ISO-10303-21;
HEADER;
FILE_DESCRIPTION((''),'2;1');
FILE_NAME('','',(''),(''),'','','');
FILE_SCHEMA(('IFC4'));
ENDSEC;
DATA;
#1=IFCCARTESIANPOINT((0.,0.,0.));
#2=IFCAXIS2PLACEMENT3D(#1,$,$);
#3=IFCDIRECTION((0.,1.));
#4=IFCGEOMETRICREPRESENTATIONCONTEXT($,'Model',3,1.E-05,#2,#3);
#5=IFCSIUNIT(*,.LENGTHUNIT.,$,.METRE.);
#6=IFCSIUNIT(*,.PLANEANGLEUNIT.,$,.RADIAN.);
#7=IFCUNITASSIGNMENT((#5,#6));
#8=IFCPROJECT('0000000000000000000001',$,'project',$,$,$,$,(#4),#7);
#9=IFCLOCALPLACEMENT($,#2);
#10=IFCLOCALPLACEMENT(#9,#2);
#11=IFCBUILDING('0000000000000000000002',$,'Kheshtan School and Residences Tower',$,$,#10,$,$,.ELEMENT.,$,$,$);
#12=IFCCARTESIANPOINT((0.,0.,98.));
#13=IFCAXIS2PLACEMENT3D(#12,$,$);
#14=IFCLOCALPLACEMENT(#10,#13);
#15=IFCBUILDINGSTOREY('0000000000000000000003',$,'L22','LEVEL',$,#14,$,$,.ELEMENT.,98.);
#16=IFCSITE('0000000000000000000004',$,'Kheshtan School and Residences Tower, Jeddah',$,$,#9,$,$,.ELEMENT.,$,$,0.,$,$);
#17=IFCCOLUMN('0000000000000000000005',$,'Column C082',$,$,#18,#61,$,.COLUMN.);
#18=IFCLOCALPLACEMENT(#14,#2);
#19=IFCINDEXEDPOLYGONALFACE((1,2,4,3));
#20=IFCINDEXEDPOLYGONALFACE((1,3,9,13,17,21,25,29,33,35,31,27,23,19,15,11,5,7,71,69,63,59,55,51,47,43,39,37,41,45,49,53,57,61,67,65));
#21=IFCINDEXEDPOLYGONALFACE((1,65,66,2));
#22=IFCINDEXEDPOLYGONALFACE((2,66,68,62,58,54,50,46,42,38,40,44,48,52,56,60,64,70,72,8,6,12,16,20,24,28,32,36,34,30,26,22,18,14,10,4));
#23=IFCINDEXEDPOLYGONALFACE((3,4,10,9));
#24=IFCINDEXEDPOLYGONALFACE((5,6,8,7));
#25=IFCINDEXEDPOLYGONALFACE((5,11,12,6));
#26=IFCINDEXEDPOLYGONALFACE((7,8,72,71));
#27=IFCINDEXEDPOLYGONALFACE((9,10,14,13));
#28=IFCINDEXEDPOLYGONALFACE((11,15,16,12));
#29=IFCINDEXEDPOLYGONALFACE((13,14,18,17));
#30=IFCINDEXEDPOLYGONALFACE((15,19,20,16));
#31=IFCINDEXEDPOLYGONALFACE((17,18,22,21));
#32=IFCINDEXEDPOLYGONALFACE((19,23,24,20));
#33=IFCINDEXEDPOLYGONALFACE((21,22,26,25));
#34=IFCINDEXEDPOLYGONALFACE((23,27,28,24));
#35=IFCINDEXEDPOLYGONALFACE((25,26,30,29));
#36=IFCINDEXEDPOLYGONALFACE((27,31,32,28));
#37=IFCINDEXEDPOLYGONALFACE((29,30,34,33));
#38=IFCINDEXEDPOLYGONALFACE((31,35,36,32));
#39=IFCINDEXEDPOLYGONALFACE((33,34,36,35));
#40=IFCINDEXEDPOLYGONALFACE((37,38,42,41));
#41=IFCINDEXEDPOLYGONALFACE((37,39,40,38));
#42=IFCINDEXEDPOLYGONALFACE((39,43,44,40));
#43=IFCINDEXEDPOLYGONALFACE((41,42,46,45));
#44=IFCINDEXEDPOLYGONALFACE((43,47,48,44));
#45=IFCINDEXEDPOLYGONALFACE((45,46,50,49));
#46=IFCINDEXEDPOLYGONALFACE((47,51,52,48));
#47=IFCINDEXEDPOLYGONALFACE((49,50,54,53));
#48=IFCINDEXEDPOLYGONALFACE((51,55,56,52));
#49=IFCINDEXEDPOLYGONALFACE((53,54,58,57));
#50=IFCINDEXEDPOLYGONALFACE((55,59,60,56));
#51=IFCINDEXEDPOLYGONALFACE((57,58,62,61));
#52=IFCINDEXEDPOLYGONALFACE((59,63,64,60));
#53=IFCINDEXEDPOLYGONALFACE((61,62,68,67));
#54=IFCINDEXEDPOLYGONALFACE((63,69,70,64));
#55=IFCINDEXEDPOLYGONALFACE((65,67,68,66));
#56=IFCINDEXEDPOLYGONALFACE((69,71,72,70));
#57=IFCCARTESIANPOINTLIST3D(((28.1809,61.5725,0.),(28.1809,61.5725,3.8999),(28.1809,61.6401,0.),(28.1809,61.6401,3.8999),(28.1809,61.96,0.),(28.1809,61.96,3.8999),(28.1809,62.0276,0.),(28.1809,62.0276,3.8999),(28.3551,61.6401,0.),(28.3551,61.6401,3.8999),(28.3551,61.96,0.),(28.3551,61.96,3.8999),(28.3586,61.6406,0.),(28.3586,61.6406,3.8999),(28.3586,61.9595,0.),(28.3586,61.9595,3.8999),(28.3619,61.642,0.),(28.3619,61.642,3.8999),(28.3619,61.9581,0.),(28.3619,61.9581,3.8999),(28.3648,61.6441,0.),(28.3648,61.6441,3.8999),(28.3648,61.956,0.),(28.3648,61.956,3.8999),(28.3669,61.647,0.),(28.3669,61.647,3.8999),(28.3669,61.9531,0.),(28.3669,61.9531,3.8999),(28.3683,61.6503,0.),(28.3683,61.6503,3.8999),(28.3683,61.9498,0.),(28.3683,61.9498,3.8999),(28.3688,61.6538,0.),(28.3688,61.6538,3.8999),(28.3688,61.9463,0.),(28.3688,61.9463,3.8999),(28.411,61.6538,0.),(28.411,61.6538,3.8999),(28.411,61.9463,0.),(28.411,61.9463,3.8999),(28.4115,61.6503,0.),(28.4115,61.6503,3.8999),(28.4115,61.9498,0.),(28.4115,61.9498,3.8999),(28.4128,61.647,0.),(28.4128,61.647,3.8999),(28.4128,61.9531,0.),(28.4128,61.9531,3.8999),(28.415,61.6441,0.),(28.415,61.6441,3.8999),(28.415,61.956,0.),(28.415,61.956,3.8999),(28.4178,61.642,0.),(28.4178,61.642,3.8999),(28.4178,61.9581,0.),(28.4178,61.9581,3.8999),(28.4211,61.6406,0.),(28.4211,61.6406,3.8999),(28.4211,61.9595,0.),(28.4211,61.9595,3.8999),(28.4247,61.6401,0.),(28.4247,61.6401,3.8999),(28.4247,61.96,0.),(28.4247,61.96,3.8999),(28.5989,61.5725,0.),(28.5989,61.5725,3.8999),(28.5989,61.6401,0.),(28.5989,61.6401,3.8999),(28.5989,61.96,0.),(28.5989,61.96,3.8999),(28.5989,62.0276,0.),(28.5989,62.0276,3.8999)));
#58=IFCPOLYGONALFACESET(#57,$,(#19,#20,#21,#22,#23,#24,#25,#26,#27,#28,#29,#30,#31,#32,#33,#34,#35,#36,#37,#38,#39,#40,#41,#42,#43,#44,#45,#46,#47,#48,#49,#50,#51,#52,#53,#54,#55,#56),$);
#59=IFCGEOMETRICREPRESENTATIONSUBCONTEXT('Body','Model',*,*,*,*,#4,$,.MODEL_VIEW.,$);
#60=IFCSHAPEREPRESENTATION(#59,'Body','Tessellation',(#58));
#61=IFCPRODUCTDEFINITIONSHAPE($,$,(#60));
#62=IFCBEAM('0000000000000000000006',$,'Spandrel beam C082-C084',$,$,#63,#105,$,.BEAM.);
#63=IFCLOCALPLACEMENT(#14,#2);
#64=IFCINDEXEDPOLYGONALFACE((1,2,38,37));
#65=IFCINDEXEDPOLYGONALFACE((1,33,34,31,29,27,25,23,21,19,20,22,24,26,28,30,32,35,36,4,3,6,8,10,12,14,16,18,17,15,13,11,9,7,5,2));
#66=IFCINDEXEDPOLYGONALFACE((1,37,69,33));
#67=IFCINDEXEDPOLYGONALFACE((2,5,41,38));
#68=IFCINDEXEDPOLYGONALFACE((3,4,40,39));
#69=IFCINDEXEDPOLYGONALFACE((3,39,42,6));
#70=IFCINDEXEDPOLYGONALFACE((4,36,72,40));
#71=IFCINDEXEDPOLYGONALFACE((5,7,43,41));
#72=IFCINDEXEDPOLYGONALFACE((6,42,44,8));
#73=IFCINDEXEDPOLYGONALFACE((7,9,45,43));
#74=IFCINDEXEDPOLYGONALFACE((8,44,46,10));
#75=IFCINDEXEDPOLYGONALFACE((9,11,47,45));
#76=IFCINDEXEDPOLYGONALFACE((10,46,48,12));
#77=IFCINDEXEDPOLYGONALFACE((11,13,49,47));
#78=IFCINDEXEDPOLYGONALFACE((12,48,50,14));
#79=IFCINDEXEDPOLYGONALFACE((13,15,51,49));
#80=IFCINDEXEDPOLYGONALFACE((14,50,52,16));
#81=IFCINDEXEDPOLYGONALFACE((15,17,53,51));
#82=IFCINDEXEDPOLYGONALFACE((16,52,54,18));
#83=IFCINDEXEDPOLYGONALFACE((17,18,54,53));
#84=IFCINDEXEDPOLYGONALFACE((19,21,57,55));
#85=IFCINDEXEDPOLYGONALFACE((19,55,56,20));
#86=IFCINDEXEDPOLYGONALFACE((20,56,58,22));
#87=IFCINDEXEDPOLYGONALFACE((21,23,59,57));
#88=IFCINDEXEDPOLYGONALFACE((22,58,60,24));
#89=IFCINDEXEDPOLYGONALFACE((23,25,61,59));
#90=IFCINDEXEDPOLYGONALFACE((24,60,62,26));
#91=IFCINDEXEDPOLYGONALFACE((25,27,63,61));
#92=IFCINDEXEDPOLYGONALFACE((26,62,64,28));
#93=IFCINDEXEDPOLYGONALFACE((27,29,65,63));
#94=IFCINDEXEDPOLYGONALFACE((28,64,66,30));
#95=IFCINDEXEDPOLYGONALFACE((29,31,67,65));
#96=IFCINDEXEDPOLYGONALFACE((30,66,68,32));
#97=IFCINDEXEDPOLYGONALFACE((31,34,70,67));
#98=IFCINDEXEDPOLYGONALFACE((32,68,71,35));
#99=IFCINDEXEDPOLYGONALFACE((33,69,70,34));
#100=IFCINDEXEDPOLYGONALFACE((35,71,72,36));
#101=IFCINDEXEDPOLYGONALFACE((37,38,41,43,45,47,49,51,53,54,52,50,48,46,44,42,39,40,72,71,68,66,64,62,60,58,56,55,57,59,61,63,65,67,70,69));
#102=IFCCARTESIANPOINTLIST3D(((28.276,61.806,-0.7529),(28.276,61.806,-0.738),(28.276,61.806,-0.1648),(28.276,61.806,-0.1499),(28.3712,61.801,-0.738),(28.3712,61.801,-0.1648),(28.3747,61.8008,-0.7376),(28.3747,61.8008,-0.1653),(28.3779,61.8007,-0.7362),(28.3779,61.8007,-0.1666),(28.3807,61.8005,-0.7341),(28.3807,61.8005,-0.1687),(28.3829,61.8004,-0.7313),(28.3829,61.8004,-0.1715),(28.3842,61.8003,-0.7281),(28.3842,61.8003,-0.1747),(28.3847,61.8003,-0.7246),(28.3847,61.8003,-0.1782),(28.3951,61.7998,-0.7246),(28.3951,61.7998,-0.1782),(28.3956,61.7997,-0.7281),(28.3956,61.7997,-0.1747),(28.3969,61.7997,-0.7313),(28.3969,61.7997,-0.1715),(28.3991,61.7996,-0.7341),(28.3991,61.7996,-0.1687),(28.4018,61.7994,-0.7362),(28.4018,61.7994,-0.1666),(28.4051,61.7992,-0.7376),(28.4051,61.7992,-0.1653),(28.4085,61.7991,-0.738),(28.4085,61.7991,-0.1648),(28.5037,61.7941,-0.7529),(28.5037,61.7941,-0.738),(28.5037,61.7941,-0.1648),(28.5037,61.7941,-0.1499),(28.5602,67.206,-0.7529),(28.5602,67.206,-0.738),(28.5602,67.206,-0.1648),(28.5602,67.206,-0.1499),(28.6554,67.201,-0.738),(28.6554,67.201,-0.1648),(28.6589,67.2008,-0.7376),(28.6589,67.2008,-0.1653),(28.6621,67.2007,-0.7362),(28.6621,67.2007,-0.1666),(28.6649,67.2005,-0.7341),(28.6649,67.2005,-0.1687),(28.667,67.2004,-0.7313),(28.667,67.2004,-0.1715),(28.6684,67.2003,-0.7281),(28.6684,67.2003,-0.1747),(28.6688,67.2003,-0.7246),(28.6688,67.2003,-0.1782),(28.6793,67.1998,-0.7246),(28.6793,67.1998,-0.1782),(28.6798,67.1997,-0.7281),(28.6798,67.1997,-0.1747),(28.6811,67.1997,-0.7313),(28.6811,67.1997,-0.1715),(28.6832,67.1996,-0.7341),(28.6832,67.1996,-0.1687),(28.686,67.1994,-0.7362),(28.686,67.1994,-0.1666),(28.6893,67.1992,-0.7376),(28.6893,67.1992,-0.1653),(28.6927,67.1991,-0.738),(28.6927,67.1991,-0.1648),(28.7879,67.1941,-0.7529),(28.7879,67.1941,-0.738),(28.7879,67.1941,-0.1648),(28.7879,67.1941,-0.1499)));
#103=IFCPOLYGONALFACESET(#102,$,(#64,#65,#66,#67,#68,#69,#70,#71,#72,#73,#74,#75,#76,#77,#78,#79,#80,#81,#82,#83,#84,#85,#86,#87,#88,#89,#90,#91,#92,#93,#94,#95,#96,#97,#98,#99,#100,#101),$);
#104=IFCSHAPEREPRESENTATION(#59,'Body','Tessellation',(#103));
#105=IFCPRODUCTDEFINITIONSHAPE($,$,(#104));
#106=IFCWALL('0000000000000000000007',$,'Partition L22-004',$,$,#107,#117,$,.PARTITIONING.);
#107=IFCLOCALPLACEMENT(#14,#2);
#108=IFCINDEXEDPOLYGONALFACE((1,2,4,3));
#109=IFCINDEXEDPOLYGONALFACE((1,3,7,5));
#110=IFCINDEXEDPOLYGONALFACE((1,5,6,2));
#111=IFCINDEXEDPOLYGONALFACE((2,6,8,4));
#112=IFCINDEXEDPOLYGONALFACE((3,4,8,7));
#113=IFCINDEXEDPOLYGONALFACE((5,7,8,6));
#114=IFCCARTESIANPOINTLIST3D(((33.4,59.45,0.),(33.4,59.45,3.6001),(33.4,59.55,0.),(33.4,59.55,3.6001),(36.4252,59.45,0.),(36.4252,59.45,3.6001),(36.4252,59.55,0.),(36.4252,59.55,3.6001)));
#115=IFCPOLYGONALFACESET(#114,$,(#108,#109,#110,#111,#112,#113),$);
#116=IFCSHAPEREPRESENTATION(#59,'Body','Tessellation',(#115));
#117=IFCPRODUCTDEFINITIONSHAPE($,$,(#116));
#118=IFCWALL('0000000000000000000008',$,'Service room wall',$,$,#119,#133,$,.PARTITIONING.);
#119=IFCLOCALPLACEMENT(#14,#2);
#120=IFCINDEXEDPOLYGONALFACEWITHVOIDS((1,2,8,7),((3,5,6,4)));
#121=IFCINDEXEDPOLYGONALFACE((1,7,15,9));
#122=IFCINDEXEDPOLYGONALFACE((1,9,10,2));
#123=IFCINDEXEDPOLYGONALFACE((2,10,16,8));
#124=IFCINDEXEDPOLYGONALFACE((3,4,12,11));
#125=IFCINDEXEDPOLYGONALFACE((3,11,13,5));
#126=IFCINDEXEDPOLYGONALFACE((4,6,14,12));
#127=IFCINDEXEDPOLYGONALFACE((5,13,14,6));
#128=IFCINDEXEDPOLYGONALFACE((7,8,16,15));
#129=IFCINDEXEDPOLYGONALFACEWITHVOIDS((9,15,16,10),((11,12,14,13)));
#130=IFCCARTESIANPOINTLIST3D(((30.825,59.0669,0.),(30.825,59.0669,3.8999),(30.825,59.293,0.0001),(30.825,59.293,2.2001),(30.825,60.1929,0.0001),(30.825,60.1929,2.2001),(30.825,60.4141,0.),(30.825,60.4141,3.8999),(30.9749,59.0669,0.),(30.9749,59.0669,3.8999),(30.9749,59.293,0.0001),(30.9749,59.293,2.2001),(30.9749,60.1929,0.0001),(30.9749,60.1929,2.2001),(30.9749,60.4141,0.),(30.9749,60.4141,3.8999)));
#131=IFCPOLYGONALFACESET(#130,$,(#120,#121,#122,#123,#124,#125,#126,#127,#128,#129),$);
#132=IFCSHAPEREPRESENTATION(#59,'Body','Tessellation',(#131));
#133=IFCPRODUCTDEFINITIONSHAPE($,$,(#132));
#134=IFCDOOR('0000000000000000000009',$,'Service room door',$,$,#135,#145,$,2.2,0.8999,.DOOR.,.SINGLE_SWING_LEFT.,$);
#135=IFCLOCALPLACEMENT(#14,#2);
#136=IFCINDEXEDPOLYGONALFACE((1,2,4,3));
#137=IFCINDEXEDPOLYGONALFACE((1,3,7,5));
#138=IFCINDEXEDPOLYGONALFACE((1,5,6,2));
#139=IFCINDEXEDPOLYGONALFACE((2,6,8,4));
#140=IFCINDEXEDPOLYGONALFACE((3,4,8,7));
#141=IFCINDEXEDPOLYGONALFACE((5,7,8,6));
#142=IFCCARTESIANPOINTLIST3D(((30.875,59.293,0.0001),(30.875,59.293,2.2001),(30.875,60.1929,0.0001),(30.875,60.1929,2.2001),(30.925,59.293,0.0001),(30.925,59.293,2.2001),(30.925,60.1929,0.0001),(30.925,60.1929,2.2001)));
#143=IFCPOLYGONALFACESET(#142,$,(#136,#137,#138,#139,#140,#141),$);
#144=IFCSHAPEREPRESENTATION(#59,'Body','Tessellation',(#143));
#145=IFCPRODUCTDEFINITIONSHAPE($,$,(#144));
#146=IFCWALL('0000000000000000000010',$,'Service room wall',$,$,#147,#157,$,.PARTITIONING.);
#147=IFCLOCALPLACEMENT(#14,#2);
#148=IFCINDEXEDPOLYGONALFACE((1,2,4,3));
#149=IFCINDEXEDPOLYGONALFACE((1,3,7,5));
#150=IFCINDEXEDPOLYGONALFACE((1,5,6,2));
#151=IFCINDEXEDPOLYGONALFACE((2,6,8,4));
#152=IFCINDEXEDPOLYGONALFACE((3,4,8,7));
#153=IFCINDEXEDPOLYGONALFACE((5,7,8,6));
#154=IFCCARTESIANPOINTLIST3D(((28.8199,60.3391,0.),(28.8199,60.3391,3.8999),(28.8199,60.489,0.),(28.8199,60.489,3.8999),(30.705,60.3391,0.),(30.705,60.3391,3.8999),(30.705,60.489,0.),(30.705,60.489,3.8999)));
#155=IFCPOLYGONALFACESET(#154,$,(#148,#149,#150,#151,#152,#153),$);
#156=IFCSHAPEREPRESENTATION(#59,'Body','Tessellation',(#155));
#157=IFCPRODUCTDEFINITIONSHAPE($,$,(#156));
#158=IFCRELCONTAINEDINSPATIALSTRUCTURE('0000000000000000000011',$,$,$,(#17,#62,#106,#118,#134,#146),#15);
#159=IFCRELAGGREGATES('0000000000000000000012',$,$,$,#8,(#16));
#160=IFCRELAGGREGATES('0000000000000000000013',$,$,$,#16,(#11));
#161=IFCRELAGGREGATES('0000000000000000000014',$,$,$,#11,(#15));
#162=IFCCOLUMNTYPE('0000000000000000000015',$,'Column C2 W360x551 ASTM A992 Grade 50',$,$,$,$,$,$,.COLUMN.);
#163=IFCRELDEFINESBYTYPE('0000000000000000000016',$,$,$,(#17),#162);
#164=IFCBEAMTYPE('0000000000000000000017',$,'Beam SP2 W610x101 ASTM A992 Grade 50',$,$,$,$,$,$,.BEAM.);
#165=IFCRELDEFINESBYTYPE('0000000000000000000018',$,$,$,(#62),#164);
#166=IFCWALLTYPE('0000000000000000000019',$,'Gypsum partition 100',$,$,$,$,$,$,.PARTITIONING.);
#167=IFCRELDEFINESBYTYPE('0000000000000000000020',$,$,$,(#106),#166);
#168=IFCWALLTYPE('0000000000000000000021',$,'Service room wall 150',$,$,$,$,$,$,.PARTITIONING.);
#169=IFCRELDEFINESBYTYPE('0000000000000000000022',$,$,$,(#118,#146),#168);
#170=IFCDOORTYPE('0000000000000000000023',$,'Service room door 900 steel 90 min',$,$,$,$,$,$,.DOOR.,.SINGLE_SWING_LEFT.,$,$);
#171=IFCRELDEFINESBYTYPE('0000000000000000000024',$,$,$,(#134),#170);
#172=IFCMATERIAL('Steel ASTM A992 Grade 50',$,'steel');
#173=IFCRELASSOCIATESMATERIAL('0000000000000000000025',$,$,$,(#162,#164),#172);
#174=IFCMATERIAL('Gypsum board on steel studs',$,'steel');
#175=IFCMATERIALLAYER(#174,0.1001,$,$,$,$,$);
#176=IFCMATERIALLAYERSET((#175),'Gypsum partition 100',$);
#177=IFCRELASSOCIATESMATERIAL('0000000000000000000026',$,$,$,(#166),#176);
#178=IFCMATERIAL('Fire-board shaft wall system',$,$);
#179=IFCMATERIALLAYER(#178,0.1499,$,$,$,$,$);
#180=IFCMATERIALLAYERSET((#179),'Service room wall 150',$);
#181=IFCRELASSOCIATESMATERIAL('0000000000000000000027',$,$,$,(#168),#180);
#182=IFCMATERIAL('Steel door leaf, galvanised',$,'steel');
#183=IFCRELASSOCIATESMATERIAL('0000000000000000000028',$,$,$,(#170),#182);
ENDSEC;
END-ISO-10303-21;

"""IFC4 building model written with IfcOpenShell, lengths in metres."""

from ifc_helpers import new_model, si_unit, direction, frame, frame_2d, origin, origin_2d, place, context, subcontext, project, spatial, rectangle, i_section, extrude, source, transform, mapped, material, layer, layer_set, material_profile, profile_set, type_object, element, fill, save


model = new_model("IFC4")

# Units and contexts
model_context = context("Model", 3, precision=1e-05, world=origin(), true_north=direction((0.0, 1.0)))
body_context = subcontext(model_context, "Body", "Model", "MODEL_VIEW")
ifc_project = project(units=[si_unit("LENGTHUNIT", "METRE"), si_unit("PLANEANGLEUNIT", "RADIAN")], contexts=[model_context])

# Site, building, storey
site_placement = place(None, origin())
site = spatial("IfcSite", under=ifc_project, at=site_placement, Name="Kheshtan School and Residences Tower, Jeddah", CompositionType="ELEMENT", RefElevation=0.0)
building_placement = place(site_placement, origin())
building = spatial("IfcBuilding", under=site, at=building_placement, Name="Kheshtan School and Residences Tower", CompositionType="ELEMENT")
storey_placement = place(building_placement, frame((0.0, 0.0, 98.0)))
storey = spatial("IfcBuildingStorey", under=building, at=storey_placement, Name="L22", Description="LEVEL", CompositionType="ELEMENT", Elevation=98.0)

# Column
ifc_material_1 = material(Name="Steel ASTM A992 Grade 50", Category="steel")
ifc_material_profile_1 = material_profile(ifc_material_1, i_section(OverallWidth=0.418, OverallDepth=0.4551, WebThickness=0.0422, FlangeThickness=0.0676, FilletRadius=0.0137, at=origin_2d()), Name="W360x551")
ifc_profile_set_1 = profile_set([ifc_material_profile_1], Name="Steel ASTM A992 Grade 50")
column_type = type_object("IfcColumnType", Name="Column C2 W360x551 ASTM A992 Grade 50", PredefinedType="COLUMN", material=ifc_profile_set_1)
column_placement = place(storey_placement, frame((28.3899, 61.8, 0.0), z_axis=(0.0, 0.0, 1.0), x_axis=(1.0, 0.0, 0.0)))
element("IfcColumn", 1, at=column_placement, inside=storey, type_object=column_type, Name="Column C082", PredefinedType="COLUMN", context=body_context, shape_type="SweptSolid", body=[
    extrude(i_section(OverallWidth=0.418, OverallDepth=0.4551, WebThickness=0.0422, FlangeThickness=0.0676, FilletRadius=0.0137, at=origin_2d()), origin(), (0.0, 0.0, 1.0), 3.8999),
])

# Beam
ifc_material_profile_2 = material_profile(ifc_material_1, i_section(OverallWidth=0.228, OverallDepth=0.603, WebThickness=0.0105, FlangeThickness=0.0149, FilletRadius=0.0134, at=origin_2d()), Name="W610x101")
ifc_profile_set_2 = profile_set([ifc_material_profile_2], Name="Steel ASTM A992 Grade 50")
beam_type = type_object("IfcBeamType", Name="Beam SP2 W610x101 ASTM A992 Grade 50", PredefinedType="BEAM", material=ifc_profile_set_2)
beam_placement = place(storey_placement, frame((28.3899, 61.8, -0.4514), z_axis=(0.052554, 0.998618, 0.0), x_axis=(-0.998618, 0.052554, 0.0)))
element("IfcBeam", 2, at=beam_placement, inside=storey, type_object=beam_type, Name="Spandrel beam C082-C084", PredefinedType="BEAM", context=body_context, shape_type="SweptSolid", body=[
    extrude(i_section(OverallWidth=0.228, OverallDepth=0.603, WebThickness=0.0105, FlangeThickness=0.0149, FilletRadius=0.0134, at=origin_2d()), origin(), (0.0, 0.0, 1.0), 5.4075),
])

# Wall
ifc_material_2 = material(Name="Gypsum board on steel studs", Category="steel")
ifc_layer_1 = layer(ifc_material_2, 0.1001)
ifc_layer_set_1 = layer_set([ifc_layer_1], Name="Gypsum partition 100")
wall_type_1 = type_object("IfcWallType", Name="Gypsum partition 100", PredefinedType="PARTITIONING", material=ifc_layer_set_1)
wall_1_placement = place(storey_placement, frame((33.3999, 59.5, 0.0), z_axis=(0.0, 0.0, 1.0), x_axis=(1.0, 0.0, 0.0)))
element("IfcWall", 3, at=wall_1_placement, inside=storey, type_object=wall_type_1, Name="Partition L22-004", PredefinedType="PARTITIONING", context=body_context, shape_type="SweptSolid", body=[
    extrude(rectangle(XDim=3.0251, YDim=0.1001, at=frame_2d((1.5127, 0.0))), origin(), (0.0, 0.0, 1.0), 3.6001),
])

# Wall, opening, door
ifc_material_3 = material(Name="Fire-board shaft wall system")
ifc_layer_2 = layer(ifc_material_3, 0.1499)
ifc_layer_set_2 = layer_set([ifc_layer_2], Name="Service room wall 150")
wall_type_2 = type_object("IfcWallType", Name="Service room wall 150", PredefinedType="PARTITIONING", material=ifc_layer_set_2)
wall_2_placement = place(storey_placement, frame((30.8999, 59.0669, 0.0), z_axis=(0.0, 0.0, 1.0), x_axis=(0.0, 1.0, 0.0)))
wall_2 = element("IfcWall", 4, at=wall_2_placement, inside=storey, type_object=wall_type_2, Name="Service room wall", PredefinedType="PARTITIONING", context=body_context, shape_type="SweptSolid", body=[
    extrude(rectangle(XDim=1.3472, YDim=0.1499, at=frame_2d((0.6736, 0.0))), origin(), (0.0, 0.0, 1.0), 3.8999),
])
opening_1_placement = place(wall_2_placement, frame((0.2261, 0.0, 0.0)))
opening_1 = element("IfcOpeningElement", 5, at=opening_1_placement, cuts=wall_2, PredefinedType="OPENING", context=body_context, shape_type="SweptSolid", body=[
    extrude(rectangle(XDim=0.8999, YDim=2.2, at=frame_2d((0.45, 1.1001))), frame((0.0, 0.085, 0.0), z_axis=(0.0, -1.0, 0.0), x_axis=(1.0, 0.0, 0.0)), (0.0, 0.0, 1.0), 0.1699),
])
ifc_material_4 = material(Name="Steel door leaf, galvanised", Category="steel")
door_type_1 = type_object("IfcDoorType", Name="Service room door 900 steel 90 min", OperationType="SINGLE_SWING_LEFT", PredefinedType="DOOR", material=ifc_material_4)
shared_shape_1 = source(origin(), body_context, "Body", "SweptSolid", [
    extrude(rectangle(XDim=0.8999, YDim=2.2, at=frame_2d((0.45, 1.1001))), frame((0.0, 0.0249, 0.0), z_axis=(0.0, -1.0, 0.0), x_axis=(1.0, 0.0, 0.0)), (0.0, 0.0, 1.0), 0.05),
])
door_1_placement = place(opening_1_placement, origin())
door_1 = element("IfcDoor", 6, at=door_1_placement, inside=storey, type_object=door_type_1, Name="Service room door", OperationType="SINGLE_SWING_LEFT", OverallHeight=2.2, OverallWidth=0.8999, PredefinedType="DOOR", context=body_context, shape_type="MappedRepresentation", body=[
    mapped(shared_shape_1, transform((0.0, 0.0, 0.0), x_axis=(1.0, 0.0, 0.0), y_axis=(0.0, 1.0, 0.0), z_axis=(0.0, 0.0, 1.0), scale=1.0)),
])
fill(opening_1, door_1)

# Wall
wall_3_placement = place(storey_placement, frame((28.8201, 60.4141, 0.0), z_axis=(0.0, 0.0, 1.0), x_axis=(1.0, 0.0, 0.0)))
element("IfcWall", 7, at=wall_3_placement, inside=storey, type_object=wall_type_2, Name="Service room wall", PredefinedType="PARTITIONING", context=body_context, shape_type="SweptSolid", body=[
    extrude(rectangle(XDim=1.885, YDim=0.1499, at=frame_2d((0.9424, 0.0))), origin(), (0.0, 0.0, 1.0), 3.8999),
])

save(model, "model.ifc")
